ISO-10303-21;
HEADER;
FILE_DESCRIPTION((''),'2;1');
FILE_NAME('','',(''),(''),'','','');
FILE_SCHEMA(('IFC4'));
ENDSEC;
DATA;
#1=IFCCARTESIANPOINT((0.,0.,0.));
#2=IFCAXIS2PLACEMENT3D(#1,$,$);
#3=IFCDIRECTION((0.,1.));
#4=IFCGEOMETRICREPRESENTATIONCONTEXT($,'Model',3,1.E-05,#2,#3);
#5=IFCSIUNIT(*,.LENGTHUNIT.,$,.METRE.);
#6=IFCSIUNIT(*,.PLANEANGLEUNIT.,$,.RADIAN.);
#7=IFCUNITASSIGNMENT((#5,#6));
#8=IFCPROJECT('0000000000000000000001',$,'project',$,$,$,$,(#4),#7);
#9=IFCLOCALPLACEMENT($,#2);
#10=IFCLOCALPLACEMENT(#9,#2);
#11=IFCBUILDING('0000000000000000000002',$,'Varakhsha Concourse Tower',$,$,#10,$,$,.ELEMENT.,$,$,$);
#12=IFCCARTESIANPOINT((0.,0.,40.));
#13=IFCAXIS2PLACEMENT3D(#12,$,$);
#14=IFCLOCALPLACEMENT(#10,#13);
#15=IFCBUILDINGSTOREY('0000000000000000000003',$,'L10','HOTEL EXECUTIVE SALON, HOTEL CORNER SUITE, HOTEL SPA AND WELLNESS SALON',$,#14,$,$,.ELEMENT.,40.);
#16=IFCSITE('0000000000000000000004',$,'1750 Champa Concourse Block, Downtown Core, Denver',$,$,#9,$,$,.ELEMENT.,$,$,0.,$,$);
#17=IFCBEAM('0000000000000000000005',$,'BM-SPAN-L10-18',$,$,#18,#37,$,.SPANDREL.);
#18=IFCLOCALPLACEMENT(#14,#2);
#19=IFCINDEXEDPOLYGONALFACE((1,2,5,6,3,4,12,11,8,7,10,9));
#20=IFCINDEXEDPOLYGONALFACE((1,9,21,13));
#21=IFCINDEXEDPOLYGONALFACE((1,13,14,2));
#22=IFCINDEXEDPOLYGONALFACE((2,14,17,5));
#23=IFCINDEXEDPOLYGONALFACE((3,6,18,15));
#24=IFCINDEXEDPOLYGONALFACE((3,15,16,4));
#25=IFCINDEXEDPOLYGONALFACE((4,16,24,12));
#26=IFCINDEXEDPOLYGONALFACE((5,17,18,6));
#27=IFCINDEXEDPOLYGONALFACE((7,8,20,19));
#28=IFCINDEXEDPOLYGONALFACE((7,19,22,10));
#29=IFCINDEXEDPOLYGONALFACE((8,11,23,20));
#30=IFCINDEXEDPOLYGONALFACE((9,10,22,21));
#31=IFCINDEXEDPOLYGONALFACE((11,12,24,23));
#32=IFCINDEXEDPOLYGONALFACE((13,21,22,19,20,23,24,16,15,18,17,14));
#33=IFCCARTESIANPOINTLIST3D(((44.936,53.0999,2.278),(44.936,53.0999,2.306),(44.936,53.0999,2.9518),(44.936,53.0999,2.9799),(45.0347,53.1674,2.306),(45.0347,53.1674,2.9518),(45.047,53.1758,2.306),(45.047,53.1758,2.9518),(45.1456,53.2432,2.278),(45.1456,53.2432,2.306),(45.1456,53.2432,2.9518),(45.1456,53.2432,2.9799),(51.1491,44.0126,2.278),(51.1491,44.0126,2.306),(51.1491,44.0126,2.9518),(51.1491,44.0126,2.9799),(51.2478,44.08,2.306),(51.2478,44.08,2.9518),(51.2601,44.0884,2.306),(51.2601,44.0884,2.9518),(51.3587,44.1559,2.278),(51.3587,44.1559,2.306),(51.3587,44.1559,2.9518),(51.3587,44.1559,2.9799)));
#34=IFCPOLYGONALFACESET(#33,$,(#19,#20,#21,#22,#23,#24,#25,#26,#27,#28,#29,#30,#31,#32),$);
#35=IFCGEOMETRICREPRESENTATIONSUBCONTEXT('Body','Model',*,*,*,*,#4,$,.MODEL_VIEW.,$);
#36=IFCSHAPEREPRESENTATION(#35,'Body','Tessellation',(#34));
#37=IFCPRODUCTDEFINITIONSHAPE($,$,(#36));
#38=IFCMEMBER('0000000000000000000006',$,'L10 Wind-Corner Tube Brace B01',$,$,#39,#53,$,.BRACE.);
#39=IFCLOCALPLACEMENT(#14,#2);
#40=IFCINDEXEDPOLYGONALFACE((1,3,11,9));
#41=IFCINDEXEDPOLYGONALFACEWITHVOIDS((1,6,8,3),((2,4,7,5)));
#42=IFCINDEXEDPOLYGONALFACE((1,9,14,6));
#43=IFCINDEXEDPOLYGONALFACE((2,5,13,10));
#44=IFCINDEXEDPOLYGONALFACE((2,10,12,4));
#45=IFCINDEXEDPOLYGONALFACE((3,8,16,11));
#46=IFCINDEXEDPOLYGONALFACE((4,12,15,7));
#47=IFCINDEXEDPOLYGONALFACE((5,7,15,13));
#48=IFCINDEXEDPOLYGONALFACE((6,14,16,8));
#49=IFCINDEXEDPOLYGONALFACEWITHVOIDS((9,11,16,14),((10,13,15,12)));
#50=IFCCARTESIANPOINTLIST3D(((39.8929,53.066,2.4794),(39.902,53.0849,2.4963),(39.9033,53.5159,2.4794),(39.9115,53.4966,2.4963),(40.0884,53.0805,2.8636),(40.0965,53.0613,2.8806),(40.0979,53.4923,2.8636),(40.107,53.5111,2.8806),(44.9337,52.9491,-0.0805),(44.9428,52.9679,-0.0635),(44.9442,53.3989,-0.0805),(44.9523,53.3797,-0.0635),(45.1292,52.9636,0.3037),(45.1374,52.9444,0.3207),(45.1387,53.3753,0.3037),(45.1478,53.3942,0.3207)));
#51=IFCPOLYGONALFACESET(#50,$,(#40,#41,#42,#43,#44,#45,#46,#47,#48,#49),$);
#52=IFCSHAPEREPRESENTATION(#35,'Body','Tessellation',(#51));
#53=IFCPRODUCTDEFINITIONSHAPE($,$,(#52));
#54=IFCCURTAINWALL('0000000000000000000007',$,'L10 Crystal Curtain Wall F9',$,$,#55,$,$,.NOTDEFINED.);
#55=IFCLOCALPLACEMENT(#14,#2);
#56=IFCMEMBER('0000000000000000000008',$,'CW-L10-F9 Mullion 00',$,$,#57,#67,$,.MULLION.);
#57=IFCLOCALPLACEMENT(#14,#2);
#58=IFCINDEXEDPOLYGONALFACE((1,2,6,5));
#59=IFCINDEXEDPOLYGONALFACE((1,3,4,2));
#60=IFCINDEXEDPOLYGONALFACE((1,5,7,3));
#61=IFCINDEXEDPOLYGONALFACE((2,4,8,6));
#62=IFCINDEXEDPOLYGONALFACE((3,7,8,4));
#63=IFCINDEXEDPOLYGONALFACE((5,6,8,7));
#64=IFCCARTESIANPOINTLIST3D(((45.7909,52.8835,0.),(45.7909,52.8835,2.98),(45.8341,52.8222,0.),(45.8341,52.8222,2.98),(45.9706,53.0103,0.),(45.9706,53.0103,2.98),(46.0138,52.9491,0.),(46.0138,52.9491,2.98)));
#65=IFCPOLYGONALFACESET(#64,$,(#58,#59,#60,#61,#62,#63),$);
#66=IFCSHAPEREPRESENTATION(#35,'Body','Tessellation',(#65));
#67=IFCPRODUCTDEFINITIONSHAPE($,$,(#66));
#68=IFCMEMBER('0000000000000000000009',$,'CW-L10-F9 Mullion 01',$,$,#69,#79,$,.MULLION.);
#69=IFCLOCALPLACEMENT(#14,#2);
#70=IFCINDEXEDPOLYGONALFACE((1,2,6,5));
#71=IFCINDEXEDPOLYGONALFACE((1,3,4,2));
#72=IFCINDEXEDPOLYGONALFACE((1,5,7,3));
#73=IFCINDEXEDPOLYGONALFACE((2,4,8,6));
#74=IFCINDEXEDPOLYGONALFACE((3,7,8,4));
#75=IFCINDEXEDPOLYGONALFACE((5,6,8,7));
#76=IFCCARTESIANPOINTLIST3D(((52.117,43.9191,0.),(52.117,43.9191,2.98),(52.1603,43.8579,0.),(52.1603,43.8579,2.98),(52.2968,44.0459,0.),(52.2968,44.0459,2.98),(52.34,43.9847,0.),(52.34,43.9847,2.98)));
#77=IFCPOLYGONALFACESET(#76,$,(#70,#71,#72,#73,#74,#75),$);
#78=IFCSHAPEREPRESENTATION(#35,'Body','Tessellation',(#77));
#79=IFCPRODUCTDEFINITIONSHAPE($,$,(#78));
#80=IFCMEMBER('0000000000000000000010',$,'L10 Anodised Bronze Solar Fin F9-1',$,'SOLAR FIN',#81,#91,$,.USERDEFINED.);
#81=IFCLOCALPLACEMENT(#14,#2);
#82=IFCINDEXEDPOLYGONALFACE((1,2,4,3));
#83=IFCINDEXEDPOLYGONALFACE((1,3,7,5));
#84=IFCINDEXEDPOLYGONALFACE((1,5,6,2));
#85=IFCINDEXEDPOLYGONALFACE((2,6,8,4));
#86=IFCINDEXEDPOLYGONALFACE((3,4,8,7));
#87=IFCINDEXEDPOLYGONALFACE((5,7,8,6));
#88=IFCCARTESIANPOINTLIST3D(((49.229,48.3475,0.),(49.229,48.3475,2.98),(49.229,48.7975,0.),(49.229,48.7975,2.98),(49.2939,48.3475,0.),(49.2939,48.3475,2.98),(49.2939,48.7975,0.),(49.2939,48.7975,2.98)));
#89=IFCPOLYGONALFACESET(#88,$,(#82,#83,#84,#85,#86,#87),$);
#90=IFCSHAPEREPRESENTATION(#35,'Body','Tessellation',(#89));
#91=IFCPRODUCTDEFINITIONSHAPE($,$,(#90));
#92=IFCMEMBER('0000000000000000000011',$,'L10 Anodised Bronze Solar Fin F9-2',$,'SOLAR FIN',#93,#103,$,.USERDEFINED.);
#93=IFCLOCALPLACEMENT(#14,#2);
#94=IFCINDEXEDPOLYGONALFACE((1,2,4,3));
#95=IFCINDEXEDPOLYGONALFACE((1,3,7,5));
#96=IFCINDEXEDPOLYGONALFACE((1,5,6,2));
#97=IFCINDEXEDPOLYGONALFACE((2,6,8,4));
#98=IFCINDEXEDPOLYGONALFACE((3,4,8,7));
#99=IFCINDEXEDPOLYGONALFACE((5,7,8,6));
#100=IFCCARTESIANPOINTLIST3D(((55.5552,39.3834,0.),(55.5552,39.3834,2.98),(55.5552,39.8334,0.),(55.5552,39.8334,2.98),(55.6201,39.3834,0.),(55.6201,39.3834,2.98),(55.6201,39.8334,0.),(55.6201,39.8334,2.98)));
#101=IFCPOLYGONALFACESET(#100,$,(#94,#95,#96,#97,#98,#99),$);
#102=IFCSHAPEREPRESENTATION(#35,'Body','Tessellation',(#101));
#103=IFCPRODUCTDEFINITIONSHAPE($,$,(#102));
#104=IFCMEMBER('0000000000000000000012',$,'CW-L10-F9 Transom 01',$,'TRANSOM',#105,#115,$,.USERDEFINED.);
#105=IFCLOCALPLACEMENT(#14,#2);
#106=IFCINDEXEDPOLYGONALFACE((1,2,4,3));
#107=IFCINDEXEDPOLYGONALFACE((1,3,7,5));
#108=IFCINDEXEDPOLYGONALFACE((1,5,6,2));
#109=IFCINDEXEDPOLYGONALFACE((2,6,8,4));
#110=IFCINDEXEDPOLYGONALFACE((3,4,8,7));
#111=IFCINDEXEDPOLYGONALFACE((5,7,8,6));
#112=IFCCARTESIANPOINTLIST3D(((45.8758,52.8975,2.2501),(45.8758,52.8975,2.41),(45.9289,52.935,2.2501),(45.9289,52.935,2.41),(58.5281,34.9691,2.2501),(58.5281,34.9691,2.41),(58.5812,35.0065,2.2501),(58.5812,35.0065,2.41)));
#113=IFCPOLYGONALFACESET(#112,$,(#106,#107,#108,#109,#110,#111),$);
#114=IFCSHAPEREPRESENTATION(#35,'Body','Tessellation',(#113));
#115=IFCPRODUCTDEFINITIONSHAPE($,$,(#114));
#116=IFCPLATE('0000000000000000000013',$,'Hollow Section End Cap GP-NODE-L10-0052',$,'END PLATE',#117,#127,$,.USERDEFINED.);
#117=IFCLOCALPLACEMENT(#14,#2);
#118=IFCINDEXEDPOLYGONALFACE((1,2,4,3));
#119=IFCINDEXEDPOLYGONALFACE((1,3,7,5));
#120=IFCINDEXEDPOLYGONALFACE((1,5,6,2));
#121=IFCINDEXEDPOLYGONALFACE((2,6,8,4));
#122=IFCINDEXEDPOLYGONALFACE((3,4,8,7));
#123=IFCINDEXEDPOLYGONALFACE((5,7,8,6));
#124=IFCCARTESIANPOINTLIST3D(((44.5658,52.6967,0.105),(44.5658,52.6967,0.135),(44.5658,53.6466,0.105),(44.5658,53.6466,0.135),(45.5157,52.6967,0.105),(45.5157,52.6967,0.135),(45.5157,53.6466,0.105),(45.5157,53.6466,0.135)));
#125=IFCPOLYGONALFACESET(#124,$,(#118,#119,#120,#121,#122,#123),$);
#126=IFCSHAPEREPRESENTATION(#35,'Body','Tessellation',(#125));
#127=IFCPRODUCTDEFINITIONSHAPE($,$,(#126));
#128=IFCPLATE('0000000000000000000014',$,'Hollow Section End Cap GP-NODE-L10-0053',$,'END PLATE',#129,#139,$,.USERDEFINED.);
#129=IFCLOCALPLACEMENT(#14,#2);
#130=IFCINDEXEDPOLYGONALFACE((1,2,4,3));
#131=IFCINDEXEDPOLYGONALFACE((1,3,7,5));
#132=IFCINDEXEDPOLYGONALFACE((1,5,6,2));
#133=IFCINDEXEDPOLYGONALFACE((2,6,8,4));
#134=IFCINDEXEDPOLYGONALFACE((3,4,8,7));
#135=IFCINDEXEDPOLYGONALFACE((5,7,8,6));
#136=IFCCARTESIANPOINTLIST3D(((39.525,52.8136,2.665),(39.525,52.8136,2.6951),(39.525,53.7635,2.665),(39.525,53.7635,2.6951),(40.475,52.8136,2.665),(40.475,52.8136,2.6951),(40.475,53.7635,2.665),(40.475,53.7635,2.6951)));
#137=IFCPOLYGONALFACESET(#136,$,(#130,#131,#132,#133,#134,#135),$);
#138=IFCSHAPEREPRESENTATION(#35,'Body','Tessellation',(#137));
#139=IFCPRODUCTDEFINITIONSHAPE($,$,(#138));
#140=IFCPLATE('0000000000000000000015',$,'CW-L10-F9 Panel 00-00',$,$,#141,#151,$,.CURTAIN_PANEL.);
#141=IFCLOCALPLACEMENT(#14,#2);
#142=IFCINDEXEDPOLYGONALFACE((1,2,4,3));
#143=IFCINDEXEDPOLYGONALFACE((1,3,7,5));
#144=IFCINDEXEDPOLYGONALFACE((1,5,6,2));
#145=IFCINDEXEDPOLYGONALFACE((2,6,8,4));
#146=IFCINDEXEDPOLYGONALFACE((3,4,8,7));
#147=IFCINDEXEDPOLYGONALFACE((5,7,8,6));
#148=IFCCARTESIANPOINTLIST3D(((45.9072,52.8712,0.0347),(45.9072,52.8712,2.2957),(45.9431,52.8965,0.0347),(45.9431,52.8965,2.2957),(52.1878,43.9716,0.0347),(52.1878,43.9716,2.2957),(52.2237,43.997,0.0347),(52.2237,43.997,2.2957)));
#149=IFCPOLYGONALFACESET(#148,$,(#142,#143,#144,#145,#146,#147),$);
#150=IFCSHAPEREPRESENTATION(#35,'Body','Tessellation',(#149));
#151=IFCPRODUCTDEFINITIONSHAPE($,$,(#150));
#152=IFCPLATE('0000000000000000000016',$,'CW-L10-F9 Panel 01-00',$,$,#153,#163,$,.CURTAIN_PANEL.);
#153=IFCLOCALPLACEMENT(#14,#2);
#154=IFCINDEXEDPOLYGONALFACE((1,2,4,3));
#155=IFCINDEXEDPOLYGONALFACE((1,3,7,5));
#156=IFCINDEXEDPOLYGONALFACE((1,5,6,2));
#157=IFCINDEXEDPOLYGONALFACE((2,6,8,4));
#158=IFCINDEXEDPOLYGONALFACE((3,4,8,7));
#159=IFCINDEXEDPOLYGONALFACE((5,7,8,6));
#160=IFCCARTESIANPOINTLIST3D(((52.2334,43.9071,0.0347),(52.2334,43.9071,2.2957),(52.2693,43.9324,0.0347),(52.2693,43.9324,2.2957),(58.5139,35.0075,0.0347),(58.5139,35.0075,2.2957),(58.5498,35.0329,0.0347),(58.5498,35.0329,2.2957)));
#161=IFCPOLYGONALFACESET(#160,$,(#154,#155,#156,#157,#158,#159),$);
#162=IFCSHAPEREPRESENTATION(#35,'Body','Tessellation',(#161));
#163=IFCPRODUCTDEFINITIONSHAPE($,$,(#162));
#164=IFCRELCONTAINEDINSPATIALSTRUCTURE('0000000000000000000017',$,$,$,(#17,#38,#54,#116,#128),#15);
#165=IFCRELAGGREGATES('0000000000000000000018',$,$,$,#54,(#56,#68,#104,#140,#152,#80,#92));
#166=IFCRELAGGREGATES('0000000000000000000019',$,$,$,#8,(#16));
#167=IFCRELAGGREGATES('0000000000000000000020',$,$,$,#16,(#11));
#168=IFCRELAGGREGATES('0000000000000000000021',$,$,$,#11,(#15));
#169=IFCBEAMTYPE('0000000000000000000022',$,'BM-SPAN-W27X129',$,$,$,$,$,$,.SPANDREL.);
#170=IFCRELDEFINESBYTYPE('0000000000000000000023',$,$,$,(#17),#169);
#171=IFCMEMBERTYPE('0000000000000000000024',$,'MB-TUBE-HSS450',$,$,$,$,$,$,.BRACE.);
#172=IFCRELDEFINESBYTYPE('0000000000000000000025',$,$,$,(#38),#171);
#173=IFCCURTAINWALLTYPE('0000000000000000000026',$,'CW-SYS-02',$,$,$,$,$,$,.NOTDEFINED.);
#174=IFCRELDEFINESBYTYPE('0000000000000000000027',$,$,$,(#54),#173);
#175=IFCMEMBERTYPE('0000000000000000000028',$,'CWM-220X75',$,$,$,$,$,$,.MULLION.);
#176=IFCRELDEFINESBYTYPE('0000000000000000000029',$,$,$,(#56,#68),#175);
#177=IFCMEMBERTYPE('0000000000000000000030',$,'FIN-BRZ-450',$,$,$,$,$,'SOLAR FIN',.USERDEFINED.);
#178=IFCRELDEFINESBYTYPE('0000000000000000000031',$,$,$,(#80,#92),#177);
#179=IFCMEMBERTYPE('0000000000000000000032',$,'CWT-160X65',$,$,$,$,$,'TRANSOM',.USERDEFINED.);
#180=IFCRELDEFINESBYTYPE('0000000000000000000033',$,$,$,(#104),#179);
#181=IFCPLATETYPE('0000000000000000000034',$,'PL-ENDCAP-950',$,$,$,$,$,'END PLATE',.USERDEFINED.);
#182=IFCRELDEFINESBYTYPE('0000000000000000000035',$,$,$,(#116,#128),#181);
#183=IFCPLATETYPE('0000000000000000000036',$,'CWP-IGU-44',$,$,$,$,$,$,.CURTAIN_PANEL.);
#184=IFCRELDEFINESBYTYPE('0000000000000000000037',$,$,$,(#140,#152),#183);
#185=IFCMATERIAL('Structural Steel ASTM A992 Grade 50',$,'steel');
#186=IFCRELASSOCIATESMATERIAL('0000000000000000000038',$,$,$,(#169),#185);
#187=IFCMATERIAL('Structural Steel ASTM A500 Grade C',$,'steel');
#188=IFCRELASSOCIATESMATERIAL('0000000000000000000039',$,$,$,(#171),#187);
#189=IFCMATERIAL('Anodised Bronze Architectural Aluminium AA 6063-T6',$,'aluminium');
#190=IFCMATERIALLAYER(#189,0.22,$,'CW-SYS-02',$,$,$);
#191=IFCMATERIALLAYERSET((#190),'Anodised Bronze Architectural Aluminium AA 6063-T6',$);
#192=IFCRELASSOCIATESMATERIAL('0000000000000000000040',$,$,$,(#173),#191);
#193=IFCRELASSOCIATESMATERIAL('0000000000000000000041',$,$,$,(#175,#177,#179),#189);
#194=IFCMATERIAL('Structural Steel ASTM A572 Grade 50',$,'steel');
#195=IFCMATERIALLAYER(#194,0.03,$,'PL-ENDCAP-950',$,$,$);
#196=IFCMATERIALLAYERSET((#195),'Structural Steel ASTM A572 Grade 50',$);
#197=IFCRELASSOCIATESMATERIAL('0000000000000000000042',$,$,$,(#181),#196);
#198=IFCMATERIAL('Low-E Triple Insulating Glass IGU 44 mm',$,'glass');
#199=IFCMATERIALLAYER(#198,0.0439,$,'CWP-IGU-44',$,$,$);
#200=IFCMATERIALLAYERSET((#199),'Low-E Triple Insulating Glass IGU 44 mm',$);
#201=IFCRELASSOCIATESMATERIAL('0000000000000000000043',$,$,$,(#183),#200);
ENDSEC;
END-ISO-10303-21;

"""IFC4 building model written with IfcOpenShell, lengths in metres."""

from ifc_helpers import new_model, si_unit, direction, frame, origin, origin_2d, place, context, subcontext, project, spatial, rectangle, hollow_rectangle, i_section, extrude, source, transform, mapped, material, layer, layer_set, material_profile, profile_set, type_object, type_shapes, element, aggregate, save


model = new_model("IFC4")

# Units and contexts
model_context = context("Model", 3, precision=1e-05, world=origin(), true_north=direction((0.0, 1.0)))
body_context = subcontext(model_context, "Body", "Model", "MODEL_VIEW")
ifc_project = project(units=[si_unit("LENGTHUNIT", "METRE"), si_unit("PLANEANGLEUNIT", "RADIAN")], contexts=[model_context])

# Site, building, storey
site_placement = place(None, origin())
site = spatial("IfcSite", under=ifc_project, at=site_placement, Name="1750 Champa Concourse Block, Downtown Core, Denver", CompositionType="ELEMENT", RefElevation=0.0)
building_placement = place(site_placement, origin())
building = spatial("IfcBuilding", under=site, at=building_placement, Name="Varakhsha Concourse Tower", CompositionType="ELEMENT")
storey_placement = place(building_placement, frame((0.0, 0.0, 40.0)))
storey = spatial("IfcBuildingStorey", under=building, at=storey_placement, Name="L10", Description="HOTEL EXECUTIVE SALON, HOTEL CORNER SUITE, HOTEL SPA AND WELLNESS SALON", CompositionType="ELEMENT", Elevation=40.0)

# Shared definitions
ifc_material_1 = material(Name="Structural Steel ASTM A992 Grade 50", Category="steel")
ifc_material_2 = material(Name="Structural Steel ASTM A572 Grade 50", Category="steel")

# Beam
ifc_material_profile_1 = material_profile(ifc_material_1, i_section(OverallWidth=0.2539, OverallDepth=0.7019, WebThickness=0.0149, FlangeThickness=0.0281, at=origin_2d()), Name="W27X129")
ifc_profile_set_1 = profile_set([ifc_material_profile_1], Name="Structural Steel ASTM A992 Grade 50")
beam_type_1 = type_object("IfcBeamType", Name="BM-SPAN-W27X129", PredefinedType="SPANDREL", material=ifc_profile_set_1)
beam_1_placement = place(storey_placement, frame((51.2539, 44.0842, 2.6289), z_axis=(-0.564402, 0.8255, 0.0), x_axis=(-0.8255, -0.564402, 0.0)))
element("IfcBeam", 1, at=beam_1_placement, inside=storey, type_object=beam_type_1, Name="BM-SPAN-L10-18", PredefinedType="SPANDREL", context=body_context, shape_type="SweptSolid", body=[
    extrude(i_section(OverallWidth=0.2539, OverallDepth=0.7019, WebThickness=0.0149, FlangeThickness=0.0281, at=origin_2d()), origin(), (0.0, 0.0, 1.0), 11.0083),
])

# Member
ifc_material_3 = material(Name="Structural Steel ASTM A500 Grade C", Category="steel")
ifc_material_profile_2 = material_profile(ifc_material_3, hollow_rectangle(XDim=0.45, YDim=0.45, WallThickness=0.019, at=origin_2d()), Name="HSS 450x450x19")
ifc_profile_set_2 = profile_set([ifc_material_profile_2], Name="Structural Steel ASTM A500 Grade C")
member_type_1 = type_object("IfcMemberType", Name="MB-TUBE-HSS450", PredefinedType="BRACE", material=ifc_profile_set_2)
shared_shape_1 = source(origin(), body_context, "Body", "SweptSolid", [
    extrude(hollow_rectangle(XDim=0.45, YDim=0.45, WallThickness=0.019, at=origin_2d()), origin(), (0.0, 0.0, 1.0), 5.6548),
])
type_shapes(member_type_1, [shared_shape_1])
member_1_placement = place(storey_placement, frame((45.0408, 53.1716, 0.1201), z_axis=(-0.891429, 0.020681, 0.452687), x_axis=(-0.023193, -0.999731, 0.0)))
element("IfcMember", 2, at=member_1_placement, inside=storey, type_object=member_type_1, Name="L10 Wind-Corner Tube Brace B01", PredefinedType="BRACE", context=body_context, shape_type="MappedRepresentation", body=[
    mapped(shared_shape_1, transform((0.0, 0.0, 0.0), scale=1.0)),
])

# Curtain wall, members
ifc_material_4 = material(Name="Anodised Bronze Architectural Aluminium AA 6063-T6", Category="aluminium")
ifc_layer_1 = layer(ifc_material_4, 0.22, Name="CW-SYS-02")
ifc_layer_set_1 = layer_set([ifc_layer_1], Name="Anodised Bronze Architectural Aluminium AA 6063-T6")
curtain_wall_type = type_object("IfcCurtainWallType", Name="CW-SYS-02", PredefinedType="NOTDEFINED", material=ifc_layer_set_1)
curtain_wall_placement = place(storey_placement, origin())
curtain_wall = element("IfcCurtainWall", 3, at=curtain_wall_placement, inside=storey, type_object=curtain_wall_type, Name="L10 Crystal Curtain Wall F9", PredefinedType="NOTDEFINED")
ifc_material_profile_3 = material_profile(ifc_material_4, rectangle(XDim=0.075, YDim=0.22, at=origin_2d()), Name="CWM-220X75")
ifc_profile_set_3 = profile_set([ifc_material_profile_3], Name="Anodised Bronze Architectural Aluminium AA 6063-T6")
member_type_2 = type_object("IfcMemberType", Name="CWM-220X75", PredefinedType="MULLION", material=ifc_profile_set_3)
shared_shape_2 = source(origin(), body_context, "Body", "SweptSolid", [
    extrude(rectangle(XDim=0.075, YDim=0.22, at=origin_2d()), origin(), (0.0, 0.0, 1.0), 2.98),
])
type_shapes(member_type_2, [shared_shape_2])
member_2_placement = place(storey_placement, frame((45.9023, 52.9163, 0.0), z_axis=(0.0, 0.0, 1.0), x_axis=(0.576593, -0.817031, 0.0)))
member_2 = element("IfcMember", 4, at=member_2_placement, type_object=member_type_2, Name="CW-L10-F9 Mullion 00", PredefinedType="MULLION", context=body_context, shape_type="MappedRepresentation", body=[
    mapped(shared_shape_2, transform((0.0, 0.0, 0.0), scale=1.0)),
])
member_3_placement = place(storey_placement, frame((52.2285, 43.9519, 0.0), z_axis=(0.0, 0.0, 1.0), x_axis=(0.576593, -0.817031, 0.0)))
member_3 = element("IfcMember", 5, at=member_3_placement, type_object=member_type_2, Name="CW-L10-F9 Mullion 01", PredefinedType="MULLION", context=body_context, shape_type="MappedRepresentation", body=[
    mapped(shared_shape_2, transform((0.0, 0.0, 0.0), scale=1.0)),
])
ifc_material_profile_4 = material_profile(ifc_material_4, rectangle(XDim=0.0649, YDim=0.45, at=origin_2d()), Name="FIN-BRZ-450")
ifc_profile_set_4 = profile_set([ifc_material_profile_4], Name="Anodised Bronze Architectural Aluminium AA 6063-T6")
member_type_3 = type_object("IfcMemberType", Name="FIN-BRZ-450", ElementType="SOLAR FIN", PredefinedType="USERDEFINED", material=ifc_profile_set_4)
shared_shape_3 = source(origin(), body_context, "Body", "SweptSolid", [
    extrude(rectangle(XDim=0.0649, YDim=0.45, at=origin_2d()), origin(), (0.0, 0.0, 1.0), 2.98),
])
type_shapes(member_type_3, [shared_shape_3])
member_4_placement = place(storey_placement, frame((49.2615, 48.5725, 0.0), z_axis=(0.0, 0.0, 1.0), x_axis=(1.0, 0.0, 0.0)))
member_4 = element("IfcMember", 6, at=member_4_placement, type_object=member_type_3, Name="L10 Anodised Bronze Solar Fin F9-1", ObjectType="SOLAR FIN", PredefinedType="USERDEFINED", context=body_context, shape_type="MappedRepresentation", body=[
    mapped(shared_shape_3, transform((0.0, 0.0, 0.0), scale=1.0)),
])
member_5_placement = place(storey_placement, frame((55.5876, 39.6084, 0.0), z_axis=(0.0, 0.0, 1.0), x_axis=(1.0, 0.0, 0.0)))
member_5 = element("IfcMember", 7, at=member_5_placement, type_object=member_type_3, Name="L10 Anodised Bronze Solar Fin F9-2", ObjectType="SOLAR FIN", PredefinedType="USERDEFINED", context=body_context, shape_type="MappedRepresentation", body=[
    mapped(shared_shape_3, transform((0.0, 0.0, 0.0), scale=1.0)),
])
ifc_material_profile_5 = material_profile(ifc_material_4, rectangle(XDim=0.0649, YDim=0.1599, at=origin_2d()), Name="CWT-160X65")
ifc_profile_set_5 = profile_set([ifc_material_profile_5], Name="Anodised Bronze Architectural Aluminium AA 6063-T6")
member_type_4 = type_object("IfcMemberType", Name="CWT-160X65", ElementType="TRANSOM", PredefinedType="USERDEFINED", material=ifc_profile_set_5)
shared_shape_4 = source(origin(), body_context, "Body", "SweptSolid", [
    extrude(rectangle(XDim=0.0649, YDim=0.1599, at=origin_2d()), origin(), (0.0, 0.0, 1.0), 21.9434),
])
type_shapes(member_type_4, [shared_shape_4])
member_6_placement = place(storey_placement, frame((45.9023, 52.9163, 2.3301), z_axis=(0.576591, -0.817033, 0.0), x_axis=(0.817033, 0.576591, 0.0)))
member_6 = element("IfcMember", 8, at=member_6_placement, type_object=member_type_4, Name="CW-L10-F9 Transom 01", ObjectType="TRANSOM", PredefinedType="USERDEFINED", context=body_context, shape_type="MappedRepresentation", body=[
    mapped(shared_shape_4, transform((0.0, 0.0, 0.0), scale=1.0)),
])

# Plates
ifc_layer_2 = layer(ifc_material_2, 0.03, Name="PL-ENDCAP-950")
ifc_layer_set_2 = layer_set([ifc_layer_2], Name="Structural Steel ASTM A572 Grade 50")
plate_type_1 = type_object("IfcPlateType", Name="PL-ENDCAP-950", ElementType="END PLATE", PredefinedType="USERDEFINED", material=ifc_layer_set_2)
shared_shape_5 = source(origin(), body_context, "Body", "SweptSolid", [
    extrude(rectangle(XDim=0.95, YDim=0.95, at=origin_2d()), origin(), (0.0, 0.0, 1.0), 0.03),
])
type_shapes(plate_type_1, [shared_shape_5])
for number, where, z_axis, x_axis, name in (
    (9, (45.0408, 53.1716, 0.105), (0.0, 0.0, 1.0), (1.0, 0.0, 0.0), "Hollow Section End Cap GP-NODE-L10-0052"),
    (10, (40.0, 53.2886, 2.665), (0.0, 0.0, 1.0), (1.0, 0.0, 0.0), "Hollow Section End Cap GP-NODE-L10-0053"),
):
    element("IfcPlate", number, at=place(storey_placement, frame(where, z_axis=z_axis, x_axis=x_axis)), inside=storey, type_object=plate_type_1, Name=name, ObjectType="END PLATE", PredefinedType="USERDEFINED", context=body_context, shape_type="MappedRepresentation", body=[
        mapped(shared_shape_5, transform((0.0, 0.0, 0.0), scale=1.0)),
    ])

# Plates
ifc_material_5 = material(Name="Low-E Triple Insulating Glass IGU 44 mm", Category="glass")
ifc_layer_3 = layer(ifc_material_5, 0.0439, Name="CWP-IGU-44")
ifc_layer_set_3 = layer_set([ifc_layer_3], Name="Low-E Triple Insulating Glass IGU 44 mm")
plate_type_2 = type_object("IfcPlateType", Name="CWP-IGU-44", PredefinedType="CURTAIN_PANEL", material=ifc_layer_set_3)
shared_shape_6 = source(origin(), body_context, "Body", "SweptSolid", [
    extrude(rectangle(XDim=10.8926, YDim=0.0439, at=origin_2d()), origin(), (0.0, 0.0, 1.0), 2.261),
])
type_shapes(plate_type_2, [shared_shape_6])
plate_1_placement = place(storey_placement, frame((49.0654, 48.4341, 0.0347), z_axis=(0.0, 0.0, 1.0), x_axis=(0.576593, -0.817031, 0.0)))
plate_1 = element("IfcPlate", 11, at=plate_1_placement, type_object=plate_type_2, Name="CW-L10-F9 Panel 00-00", PredefinedType="CURTAIN_PANEL", context=body_context, shape_type="MappedRepresentation", body=[
    mapped(shared_shape_6, transform((0.0, 0.0, 0.0), scale=1.0)),
])
plate_2_placement = place(storey_placement, frame((55.3916, 39.47, 0.0347), z_axis=(0.0, 0.0, 1.0), x_axis=(0.576593, -0.817031, 0.0)))
plate_2 = element("IfcPlate", 12, at=plate_2_placement, type_object=plate_type_2, Name="CW-L10-F9 Panel 01-00", PredefinedType="CURTAIN_PANEL", context=body_context, shape_type="MappedRepresentation", body=[
    mapped(shared_shape_6, transform((0.0, 0.0, 0.0), scale=1.0)),
])
aggregate(curtain_wall, [member_2, member_3, member_6, plate_1, plate_2, member_4, member_5])

save(model, "model.ifc")
